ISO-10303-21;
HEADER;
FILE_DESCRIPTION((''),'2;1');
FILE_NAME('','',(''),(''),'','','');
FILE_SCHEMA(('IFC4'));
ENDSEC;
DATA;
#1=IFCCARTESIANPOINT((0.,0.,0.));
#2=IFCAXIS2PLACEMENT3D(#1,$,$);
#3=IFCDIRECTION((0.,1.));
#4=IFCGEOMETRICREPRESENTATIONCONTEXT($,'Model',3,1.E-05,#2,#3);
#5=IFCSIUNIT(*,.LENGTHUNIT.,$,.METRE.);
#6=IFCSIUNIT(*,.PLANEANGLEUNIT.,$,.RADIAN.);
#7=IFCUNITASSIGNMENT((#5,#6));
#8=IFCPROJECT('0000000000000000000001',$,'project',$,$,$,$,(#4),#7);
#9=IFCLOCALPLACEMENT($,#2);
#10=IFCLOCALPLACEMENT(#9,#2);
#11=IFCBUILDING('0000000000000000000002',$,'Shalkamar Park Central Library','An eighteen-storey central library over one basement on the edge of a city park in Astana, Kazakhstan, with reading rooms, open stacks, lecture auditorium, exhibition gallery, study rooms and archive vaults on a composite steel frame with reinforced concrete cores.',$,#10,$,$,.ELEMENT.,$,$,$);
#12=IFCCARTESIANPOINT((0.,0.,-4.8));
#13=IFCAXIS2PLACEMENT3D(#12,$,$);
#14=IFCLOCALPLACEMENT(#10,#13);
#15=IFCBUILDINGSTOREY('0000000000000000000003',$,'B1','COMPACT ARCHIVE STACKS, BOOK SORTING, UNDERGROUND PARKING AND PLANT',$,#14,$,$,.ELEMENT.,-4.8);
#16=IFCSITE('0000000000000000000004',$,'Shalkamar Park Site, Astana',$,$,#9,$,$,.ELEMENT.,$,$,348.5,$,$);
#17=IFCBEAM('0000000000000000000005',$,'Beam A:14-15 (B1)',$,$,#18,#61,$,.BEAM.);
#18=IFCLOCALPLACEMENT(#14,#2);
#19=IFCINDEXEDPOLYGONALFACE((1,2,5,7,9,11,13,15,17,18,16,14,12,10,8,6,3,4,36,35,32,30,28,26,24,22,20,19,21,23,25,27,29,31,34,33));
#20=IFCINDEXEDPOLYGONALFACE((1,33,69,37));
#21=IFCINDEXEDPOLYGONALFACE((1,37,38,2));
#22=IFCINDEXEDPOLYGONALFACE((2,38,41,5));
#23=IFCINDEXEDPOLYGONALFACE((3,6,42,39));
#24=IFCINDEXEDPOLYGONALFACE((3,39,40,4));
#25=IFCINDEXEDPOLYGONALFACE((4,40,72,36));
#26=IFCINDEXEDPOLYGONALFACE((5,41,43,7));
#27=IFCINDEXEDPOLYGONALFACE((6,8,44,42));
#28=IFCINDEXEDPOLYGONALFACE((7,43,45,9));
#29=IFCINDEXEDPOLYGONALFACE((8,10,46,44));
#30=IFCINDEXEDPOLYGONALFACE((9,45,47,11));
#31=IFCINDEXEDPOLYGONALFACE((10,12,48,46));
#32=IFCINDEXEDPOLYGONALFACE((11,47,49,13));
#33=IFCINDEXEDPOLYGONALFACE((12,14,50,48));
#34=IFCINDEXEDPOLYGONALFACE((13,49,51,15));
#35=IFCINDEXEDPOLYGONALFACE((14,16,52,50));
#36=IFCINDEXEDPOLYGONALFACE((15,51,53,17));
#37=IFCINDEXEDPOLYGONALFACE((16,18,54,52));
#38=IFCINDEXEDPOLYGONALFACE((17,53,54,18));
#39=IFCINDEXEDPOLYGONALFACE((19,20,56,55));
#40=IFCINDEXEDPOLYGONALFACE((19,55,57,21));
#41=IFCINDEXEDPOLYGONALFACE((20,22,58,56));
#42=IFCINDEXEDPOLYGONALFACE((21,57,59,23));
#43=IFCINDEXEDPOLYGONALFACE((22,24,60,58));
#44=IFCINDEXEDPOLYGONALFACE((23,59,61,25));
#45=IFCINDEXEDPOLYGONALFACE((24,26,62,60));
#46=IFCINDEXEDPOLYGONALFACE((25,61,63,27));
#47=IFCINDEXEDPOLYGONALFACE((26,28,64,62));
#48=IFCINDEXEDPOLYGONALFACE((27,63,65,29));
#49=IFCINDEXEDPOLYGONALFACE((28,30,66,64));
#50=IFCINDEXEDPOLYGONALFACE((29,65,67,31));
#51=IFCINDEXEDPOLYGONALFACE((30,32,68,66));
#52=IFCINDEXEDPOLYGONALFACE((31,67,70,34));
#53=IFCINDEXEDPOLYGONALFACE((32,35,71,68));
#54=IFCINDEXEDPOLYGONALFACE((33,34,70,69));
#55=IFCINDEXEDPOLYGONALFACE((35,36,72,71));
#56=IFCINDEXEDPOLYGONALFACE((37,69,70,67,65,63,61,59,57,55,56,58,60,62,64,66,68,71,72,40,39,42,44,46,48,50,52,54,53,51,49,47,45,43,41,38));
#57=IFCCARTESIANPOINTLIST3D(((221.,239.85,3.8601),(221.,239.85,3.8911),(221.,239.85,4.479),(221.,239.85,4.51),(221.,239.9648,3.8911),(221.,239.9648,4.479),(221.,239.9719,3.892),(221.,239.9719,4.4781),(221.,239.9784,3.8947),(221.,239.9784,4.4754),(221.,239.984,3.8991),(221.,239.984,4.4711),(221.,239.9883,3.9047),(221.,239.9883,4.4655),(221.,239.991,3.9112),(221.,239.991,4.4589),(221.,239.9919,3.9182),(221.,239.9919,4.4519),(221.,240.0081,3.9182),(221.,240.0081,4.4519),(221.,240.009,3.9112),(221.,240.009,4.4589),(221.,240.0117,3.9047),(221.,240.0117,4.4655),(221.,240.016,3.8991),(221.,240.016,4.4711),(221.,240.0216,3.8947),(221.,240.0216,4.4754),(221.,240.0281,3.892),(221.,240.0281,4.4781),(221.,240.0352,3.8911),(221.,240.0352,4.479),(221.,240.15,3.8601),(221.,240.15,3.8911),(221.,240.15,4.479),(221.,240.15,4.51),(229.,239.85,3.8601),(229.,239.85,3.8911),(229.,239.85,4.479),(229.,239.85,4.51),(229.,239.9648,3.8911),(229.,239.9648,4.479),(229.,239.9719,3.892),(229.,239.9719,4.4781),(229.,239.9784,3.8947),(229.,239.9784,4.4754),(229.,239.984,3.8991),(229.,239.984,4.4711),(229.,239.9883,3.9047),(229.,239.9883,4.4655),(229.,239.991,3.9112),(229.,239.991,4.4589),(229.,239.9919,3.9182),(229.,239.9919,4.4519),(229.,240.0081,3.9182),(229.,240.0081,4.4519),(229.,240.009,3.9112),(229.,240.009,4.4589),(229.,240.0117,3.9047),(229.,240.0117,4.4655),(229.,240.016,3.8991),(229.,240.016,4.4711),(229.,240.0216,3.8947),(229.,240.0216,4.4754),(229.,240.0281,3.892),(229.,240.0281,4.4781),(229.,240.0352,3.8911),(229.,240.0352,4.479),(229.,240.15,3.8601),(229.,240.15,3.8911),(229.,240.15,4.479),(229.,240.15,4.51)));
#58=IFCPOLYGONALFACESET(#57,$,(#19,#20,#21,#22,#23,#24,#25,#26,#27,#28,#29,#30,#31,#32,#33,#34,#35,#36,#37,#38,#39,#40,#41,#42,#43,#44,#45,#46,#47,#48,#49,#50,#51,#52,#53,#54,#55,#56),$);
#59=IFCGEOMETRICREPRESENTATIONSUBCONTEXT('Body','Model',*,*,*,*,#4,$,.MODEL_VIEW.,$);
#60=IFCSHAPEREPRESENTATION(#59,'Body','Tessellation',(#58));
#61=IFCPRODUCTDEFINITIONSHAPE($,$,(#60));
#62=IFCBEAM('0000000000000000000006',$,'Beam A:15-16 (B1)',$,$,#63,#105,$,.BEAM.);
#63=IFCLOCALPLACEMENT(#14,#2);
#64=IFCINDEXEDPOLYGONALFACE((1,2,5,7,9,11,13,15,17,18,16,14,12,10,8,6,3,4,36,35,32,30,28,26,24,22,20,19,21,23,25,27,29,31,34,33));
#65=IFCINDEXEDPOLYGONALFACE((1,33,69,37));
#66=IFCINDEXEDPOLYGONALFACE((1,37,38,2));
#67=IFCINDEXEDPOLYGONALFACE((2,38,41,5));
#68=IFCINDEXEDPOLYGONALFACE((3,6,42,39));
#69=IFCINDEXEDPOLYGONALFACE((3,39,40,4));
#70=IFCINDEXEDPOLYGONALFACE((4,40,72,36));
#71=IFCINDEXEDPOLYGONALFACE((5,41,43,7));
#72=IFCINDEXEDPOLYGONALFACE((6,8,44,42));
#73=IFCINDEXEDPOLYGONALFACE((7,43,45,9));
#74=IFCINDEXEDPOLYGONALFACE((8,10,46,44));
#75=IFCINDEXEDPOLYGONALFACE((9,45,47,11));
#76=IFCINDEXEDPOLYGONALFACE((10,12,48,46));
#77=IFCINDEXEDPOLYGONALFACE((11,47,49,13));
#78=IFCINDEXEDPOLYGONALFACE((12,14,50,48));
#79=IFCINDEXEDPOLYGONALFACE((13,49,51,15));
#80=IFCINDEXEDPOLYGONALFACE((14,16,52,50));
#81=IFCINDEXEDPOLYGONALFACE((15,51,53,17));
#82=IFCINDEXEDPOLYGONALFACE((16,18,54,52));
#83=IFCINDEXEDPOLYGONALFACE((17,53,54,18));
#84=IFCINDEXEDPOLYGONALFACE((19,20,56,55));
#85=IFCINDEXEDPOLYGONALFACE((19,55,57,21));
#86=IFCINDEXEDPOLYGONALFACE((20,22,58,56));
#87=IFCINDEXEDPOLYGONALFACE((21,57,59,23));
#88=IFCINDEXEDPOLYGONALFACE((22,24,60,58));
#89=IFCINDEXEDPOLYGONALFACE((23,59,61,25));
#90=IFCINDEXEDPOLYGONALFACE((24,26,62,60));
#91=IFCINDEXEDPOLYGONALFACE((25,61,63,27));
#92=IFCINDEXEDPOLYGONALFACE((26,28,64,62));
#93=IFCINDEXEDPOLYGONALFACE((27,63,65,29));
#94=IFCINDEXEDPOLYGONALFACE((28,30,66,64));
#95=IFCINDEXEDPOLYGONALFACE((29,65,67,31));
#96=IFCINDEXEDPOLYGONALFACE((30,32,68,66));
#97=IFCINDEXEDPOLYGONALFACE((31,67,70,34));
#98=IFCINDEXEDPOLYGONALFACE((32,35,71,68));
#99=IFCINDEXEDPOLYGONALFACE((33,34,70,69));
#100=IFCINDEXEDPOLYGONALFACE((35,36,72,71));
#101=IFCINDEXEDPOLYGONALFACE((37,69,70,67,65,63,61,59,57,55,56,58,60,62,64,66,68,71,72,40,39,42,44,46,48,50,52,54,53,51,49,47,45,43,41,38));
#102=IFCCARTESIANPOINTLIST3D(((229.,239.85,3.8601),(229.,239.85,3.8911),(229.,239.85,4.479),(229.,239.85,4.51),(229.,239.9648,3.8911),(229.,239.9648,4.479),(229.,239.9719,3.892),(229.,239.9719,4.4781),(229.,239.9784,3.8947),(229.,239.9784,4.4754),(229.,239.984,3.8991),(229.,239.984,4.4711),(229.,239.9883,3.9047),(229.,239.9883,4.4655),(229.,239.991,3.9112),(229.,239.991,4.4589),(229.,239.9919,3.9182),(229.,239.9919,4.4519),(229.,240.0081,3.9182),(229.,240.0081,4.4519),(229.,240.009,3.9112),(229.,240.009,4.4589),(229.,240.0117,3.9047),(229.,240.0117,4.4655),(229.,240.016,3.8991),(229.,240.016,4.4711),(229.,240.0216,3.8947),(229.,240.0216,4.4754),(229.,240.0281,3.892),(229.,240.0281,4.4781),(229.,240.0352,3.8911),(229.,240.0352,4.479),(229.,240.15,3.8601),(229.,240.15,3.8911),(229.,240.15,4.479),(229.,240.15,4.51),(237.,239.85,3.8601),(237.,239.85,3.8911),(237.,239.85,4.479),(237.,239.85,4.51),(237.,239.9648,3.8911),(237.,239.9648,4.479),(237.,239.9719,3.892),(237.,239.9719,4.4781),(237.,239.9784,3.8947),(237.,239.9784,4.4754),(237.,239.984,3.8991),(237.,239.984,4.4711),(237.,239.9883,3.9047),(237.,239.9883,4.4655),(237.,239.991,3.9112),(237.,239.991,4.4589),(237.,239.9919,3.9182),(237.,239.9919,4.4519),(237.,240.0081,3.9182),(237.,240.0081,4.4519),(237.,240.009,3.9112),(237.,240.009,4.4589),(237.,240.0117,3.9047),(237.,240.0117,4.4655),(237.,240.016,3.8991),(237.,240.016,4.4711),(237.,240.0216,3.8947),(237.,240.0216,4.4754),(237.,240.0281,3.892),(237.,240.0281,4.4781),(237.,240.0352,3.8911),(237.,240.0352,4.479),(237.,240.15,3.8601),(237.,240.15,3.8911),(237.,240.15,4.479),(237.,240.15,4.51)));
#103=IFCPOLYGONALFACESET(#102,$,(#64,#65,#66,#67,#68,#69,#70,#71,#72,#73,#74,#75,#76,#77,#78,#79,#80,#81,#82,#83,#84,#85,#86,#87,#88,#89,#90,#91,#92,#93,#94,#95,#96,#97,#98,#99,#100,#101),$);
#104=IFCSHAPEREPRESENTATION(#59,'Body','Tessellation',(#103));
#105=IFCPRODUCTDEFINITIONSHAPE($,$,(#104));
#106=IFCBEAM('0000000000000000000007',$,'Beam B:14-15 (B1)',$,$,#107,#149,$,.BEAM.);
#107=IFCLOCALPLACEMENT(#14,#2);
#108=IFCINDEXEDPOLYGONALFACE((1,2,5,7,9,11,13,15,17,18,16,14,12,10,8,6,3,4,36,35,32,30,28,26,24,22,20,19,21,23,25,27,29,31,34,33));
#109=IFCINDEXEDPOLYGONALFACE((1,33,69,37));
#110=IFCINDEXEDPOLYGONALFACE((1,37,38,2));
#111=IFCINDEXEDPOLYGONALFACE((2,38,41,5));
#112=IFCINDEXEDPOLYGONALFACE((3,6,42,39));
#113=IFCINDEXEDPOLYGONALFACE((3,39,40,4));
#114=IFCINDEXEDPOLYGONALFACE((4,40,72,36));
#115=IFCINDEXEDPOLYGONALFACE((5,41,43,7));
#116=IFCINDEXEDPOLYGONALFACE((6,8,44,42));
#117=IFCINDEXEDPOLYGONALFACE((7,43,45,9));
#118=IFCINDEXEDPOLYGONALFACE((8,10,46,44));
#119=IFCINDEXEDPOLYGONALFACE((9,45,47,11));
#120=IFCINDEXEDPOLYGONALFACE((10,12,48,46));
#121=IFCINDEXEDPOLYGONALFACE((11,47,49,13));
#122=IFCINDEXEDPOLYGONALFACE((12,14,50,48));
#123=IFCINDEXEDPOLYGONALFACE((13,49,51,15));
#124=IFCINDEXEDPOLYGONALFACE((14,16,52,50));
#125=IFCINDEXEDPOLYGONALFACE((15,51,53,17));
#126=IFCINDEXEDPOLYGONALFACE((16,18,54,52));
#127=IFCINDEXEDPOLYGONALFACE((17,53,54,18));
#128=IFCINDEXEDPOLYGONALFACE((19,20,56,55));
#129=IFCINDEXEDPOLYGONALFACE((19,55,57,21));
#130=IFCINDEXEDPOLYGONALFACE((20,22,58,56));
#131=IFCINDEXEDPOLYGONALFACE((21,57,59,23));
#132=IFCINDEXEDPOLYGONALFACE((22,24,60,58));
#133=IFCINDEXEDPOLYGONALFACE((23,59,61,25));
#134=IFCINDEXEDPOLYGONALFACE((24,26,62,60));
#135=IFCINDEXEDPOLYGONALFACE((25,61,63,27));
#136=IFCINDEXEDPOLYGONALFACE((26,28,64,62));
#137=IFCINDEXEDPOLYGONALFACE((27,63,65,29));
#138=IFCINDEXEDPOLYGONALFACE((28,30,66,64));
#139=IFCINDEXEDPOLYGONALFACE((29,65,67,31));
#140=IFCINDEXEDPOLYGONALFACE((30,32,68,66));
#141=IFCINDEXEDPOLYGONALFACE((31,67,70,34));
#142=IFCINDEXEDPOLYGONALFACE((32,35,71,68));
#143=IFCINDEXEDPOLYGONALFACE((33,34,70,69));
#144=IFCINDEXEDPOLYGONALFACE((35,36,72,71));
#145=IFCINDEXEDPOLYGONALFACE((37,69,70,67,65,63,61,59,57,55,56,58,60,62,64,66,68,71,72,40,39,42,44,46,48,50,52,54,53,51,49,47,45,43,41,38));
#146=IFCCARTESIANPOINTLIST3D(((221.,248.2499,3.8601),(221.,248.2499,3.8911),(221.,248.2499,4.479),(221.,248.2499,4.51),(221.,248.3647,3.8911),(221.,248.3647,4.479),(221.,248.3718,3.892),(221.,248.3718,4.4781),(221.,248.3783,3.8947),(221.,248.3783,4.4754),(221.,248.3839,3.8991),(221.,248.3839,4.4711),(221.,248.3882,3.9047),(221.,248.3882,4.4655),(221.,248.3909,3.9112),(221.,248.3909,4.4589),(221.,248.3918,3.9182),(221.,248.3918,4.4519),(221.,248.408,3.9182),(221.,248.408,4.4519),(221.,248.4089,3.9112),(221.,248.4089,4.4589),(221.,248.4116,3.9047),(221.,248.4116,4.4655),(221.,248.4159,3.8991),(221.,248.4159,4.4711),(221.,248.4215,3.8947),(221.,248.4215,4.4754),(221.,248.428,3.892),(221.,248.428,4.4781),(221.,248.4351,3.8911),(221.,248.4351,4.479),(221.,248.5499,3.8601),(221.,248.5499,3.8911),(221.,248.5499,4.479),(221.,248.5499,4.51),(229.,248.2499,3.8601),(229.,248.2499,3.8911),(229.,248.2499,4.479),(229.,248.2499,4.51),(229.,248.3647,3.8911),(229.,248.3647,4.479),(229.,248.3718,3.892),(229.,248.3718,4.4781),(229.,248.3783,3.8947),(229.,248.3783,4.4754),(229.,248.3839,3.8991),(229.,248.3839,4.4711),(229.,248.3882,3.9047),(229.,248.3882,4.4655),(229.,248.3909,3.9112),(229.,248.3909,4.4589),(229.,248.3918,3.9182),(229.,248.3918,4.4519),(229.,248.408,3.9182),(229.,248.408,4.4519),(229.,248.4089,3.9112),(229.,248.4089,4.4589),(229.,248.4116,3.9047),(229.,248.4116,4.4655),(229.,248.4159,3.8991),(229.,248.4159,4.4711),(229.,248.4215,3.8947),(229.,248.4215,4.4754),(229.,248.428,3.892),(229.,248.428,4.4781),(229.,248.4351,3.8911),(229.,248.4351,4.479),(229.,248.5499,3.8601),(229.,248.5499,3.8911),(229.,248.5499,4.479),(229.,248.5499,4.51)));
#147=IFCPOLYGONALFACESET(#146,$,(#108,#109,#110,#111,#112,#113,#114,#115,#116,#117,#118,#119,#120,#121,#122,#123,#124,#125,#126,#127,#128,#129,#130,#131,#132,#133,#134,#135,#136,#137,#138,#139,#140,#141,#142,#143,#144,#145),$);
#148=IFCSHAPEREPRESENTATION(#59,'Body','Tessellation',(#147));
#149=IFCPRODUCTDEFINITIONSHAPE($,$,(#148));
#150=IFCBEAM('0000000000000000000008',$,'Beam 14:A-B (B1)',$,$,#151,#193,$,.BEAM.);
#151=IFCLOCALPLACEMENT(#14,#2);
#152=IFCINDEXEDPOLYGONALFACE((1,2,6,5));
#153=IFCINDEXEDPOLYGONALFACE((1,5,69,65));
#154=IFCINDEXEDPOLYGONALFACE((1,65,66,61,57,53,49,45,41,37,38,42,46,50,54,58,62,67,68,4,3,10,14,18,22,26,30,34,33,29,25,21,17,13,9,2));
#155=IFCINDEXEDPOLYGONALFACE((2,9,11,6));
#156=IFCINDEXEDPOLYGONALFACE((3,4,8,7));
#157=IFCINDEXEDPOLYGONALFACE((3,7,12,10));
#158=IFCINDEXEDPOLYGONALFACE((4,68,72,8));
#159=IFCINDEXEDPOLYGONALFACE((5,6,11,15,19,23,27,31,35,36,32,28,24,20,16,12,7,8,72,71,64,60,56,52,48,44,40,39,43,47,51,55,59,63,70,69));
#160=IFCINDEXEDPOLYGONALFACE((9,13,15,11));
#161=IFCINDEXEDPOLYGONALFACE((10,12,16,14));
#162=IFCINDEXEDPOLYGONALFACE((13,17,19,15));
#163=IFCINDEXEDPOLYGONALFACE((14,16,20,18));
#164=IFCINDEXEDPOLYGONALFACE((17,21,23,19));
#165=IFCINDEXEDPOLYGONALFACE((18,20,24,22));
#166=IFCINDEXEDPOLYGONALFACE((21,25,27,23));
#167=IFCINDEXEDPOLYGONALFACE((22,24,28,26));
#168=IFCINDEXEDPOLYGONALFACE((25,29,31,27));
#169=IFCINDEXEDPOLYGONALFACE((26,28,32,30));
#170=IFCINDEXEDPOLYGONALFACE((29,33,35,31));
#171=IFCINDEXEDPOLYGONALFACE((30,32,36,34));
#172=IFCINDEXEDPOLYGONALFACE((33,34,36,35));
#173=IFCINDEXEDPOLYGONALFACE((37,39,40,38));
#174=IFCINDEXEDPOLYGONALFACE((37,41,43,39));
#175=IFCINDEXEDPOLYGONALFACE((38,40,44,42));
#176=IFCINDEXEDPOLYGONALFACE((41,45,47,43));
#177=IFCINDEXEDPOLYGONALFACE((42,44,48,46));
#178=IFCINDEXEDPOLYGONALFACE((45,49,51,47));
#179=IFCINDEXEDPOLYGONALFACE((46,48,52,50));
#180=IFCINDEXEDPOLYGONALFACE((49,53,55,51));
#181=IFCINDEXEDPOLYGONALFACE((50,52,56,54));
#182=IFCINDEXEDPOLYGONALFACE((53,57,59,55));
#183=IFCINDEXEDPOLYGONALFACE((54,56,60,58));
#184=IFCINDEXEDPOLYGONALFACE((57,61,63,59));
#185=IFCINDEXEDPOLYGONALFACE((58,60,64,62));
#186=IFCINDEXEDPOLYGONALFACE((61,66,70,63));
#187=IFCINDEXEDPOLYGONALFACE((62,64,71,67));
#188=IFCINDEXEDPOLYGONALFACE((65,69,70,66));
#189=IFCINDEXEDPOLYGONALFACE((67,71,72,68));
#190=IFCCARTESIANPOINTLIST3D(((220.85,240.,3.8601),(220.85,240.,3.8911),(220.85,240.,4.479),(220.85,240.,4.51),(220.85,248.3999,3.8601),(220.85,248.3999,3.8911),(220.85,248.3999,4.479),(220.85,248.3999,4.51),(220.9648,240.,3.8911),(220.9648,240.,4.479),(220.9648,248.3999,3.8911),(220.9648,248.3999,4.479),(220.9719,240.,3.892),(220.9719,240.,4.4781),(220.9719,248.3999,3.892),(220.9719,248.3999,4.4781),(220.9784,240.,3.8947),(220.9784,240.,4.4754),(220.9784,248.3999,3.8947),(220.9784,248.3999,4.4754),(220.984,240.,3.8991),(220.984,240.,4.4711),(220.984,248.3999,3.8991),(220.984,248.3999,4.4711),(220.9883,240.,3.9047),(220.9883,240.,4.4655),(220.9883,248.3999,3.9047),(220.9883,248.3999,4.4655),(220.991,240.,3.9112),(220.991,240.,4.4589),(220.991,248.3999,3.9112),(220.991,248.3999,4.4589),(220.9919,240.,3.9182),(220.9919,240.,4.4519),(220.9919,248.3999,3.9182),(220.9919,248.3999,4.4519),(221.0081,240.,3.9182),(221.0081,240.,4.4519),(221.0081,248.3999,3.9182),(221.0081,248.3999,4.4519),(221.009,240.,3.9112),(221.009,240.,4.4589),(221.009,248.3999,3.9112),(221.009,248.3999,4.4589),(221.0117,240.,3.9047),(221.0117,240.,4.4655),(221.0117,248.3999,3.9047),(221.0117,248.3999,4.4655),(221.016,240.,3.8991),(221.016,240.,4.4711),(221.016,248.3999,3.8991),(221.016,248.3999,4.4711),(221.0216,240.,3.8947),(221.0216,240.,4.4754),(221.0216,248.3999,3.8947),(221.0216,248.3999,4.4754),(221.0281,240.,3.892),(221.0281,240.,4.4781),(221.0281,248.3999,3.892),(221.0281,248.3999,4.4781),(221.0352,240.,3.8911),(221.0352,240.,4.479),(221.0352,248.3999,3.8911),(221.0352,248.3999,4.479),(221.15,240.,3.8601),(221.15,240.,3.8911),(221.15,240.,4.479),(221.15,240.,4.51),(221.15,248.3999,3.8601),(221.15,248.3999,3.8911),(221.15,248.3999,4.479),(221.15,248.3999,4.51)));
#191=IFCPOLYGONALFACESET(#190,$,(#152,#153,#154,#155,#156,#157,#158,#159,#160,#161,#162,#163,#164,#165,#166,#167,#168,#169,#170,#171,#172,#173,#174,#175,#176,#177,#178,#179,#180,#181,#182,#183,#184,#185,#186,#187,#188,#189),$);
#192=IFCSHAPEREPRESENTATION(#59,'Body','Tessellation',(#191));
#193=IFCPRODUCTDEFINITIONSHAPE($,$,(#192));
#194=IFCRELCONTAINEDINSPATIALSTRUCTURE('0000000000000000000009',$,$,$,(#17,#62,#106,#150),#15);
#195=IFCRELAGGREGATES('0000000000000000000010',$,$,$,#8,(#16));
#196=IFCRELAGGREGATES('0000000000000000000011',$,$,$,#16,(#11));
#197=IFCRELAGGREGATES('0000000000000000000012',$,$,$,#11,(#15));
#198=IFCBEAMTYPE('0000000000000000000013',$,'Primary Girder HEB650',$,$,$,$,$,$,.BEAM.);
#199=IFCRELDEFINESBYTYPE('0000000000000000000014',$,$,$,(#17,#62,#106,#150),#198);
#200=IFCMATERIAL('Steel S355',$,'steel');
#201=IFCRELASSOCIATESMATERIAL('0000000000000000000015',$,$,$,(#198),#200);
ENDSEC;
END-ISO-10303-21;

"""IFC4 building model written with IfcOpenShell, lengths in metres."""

from ifc_helpers import new_model, si_unit, direction, frame, origin, origin_2d, place, context, subcontext, project, spatial, i_section, extrude, material, material_profile, profile_set, type_object, element, save


model = new_model("IFC4")

# Units and contexts
model_context = context("Model", 3, precision=1e-05, world=origin(), true_north=direction((0.0, 1.0)))
body_context = subcontext(model_context, "Body", "Model", "MODEL_VIEW")
ifc_project = project(units=[si_unit("LENGTHUNIT", "METRE"), si_unit("PLANEANGLEUNIT", "RADIAN")], contexts=[model_context])

# Site, building, storey
site_placement = place(None, origin())
site = spatial("IfcSite", under=ifc_project, at=site_placement, Name="Shalkamar Park Site, Astana", CompositionType="ELEMENT", RefElevation=348.5)
building_placement = place(site_placement, origin())
building = spatial("IfcBuilding", under=site, at=building_placement, Name="Shalkamar Park Central Library", Description="An eighteen-storey central library over one basement on the edge of a city park in Astana, Kazakhstan, with reading rooms, open stacks, lecture auditorium, exhibition gallery, study rooms and archive vaults on a composite steel frame with reinforced concrete cores.", CompositionType="ELEMENT")
storey_placement = place(building_placement, frame((0.0, 0.0, -4.8)))
storey = spatial("IfcBuildingStorey", under=building, at=storey_placement, Name="B1", Description="COMPACT ARCHIVE STACKS, BOOK SORTING, UNDERGROUND PARKING AND PLANT", CompositionType="ELEMENT", Elevation=-4.8)

# Shared definitions
ifc_material_1 = material(Name="Steel S355", Category="steel")

# Beams
ifc_material_profile_1 = material_profile(ifc_material_1, i_section(OverallWidth=0.3, OverallDepth=0.6499, WebThickness=0.0161, FlangeThickness=0.031, FilletRadius=0.0271, at=origin_2d()), Name="HEB 650")
ifc_profile_set_1 = profile_set([ifc_material_profile_1], Name="Steel S355")
beam_type_1 = type_object("IfcBeamType", Name="Primary Girder HEB650", PredefinedType="BEAM", material=ifc_profile_set_1)
for number, where, z_axis, x_axis, name in (
    (1, (221.0, 240.0, 4.1851), (1.0, 0.0, 0.0), (0.0, 1.0, 0.0), "Beam A:14-15 (B1)"),
    (2, (229.0, 240.0, 4.1851), (1.0, 0.0, 0.0), (0.0, 1.0, 0.0), "Beam A:15-16 (B1)"),
    (3, (221.0, 248.3999, 4.1851), (1.0, 0.0, 0.0), (0.0, 1.0, 0.0), "Beam B:14-15 (B1)"),
):
    element("IfcBeam", number, at=place(storey_placement, frame(where, z_axis=z_axis, x_axis=x_axis)), inside=storey, type_object=beam_type_1, Name=name, PredefinedType="BEAM", context=body_context, shape_type="SweptSolid", body=[
        extrude(i_section(OverallWidth=0.3, OverallDepth=0.6499, WebThickness=0.0161, FlangeThickness=0.031, FilletRadius=0.0271, at=origin_2d()), origin(), (0.0, 0.0, 1.0), 8.0),
    ])
for number, where, z_axis, x_axis, name in (
    (4, (221.0, 240.0, 4.1851), (0.0, 1.0, 0.0), (-1.0, 0.0, 0.0), "Beam 14:A-B (B1)"),
):
    element("IfcBeam", number, at=place(storey_placement, frame(where, z_axis=z_axis, x_axis=x_axis)), inside=storey, type_object=beam_type_1, Name=name, PredefinedType="BEAM", context=body_context, shape_type="SweptSolid", body=[
        extrude(i_section(OverallWidth=0.3, OverallDepth=0.6499, WebThickness=0.0161, FlangeThickness=0.031, FilletRadius=0.0271, at=origin_2d()), origin(), (0.0, 0.0, 1.0), 8.3999),
    ])

save(model, "model.ifc")
